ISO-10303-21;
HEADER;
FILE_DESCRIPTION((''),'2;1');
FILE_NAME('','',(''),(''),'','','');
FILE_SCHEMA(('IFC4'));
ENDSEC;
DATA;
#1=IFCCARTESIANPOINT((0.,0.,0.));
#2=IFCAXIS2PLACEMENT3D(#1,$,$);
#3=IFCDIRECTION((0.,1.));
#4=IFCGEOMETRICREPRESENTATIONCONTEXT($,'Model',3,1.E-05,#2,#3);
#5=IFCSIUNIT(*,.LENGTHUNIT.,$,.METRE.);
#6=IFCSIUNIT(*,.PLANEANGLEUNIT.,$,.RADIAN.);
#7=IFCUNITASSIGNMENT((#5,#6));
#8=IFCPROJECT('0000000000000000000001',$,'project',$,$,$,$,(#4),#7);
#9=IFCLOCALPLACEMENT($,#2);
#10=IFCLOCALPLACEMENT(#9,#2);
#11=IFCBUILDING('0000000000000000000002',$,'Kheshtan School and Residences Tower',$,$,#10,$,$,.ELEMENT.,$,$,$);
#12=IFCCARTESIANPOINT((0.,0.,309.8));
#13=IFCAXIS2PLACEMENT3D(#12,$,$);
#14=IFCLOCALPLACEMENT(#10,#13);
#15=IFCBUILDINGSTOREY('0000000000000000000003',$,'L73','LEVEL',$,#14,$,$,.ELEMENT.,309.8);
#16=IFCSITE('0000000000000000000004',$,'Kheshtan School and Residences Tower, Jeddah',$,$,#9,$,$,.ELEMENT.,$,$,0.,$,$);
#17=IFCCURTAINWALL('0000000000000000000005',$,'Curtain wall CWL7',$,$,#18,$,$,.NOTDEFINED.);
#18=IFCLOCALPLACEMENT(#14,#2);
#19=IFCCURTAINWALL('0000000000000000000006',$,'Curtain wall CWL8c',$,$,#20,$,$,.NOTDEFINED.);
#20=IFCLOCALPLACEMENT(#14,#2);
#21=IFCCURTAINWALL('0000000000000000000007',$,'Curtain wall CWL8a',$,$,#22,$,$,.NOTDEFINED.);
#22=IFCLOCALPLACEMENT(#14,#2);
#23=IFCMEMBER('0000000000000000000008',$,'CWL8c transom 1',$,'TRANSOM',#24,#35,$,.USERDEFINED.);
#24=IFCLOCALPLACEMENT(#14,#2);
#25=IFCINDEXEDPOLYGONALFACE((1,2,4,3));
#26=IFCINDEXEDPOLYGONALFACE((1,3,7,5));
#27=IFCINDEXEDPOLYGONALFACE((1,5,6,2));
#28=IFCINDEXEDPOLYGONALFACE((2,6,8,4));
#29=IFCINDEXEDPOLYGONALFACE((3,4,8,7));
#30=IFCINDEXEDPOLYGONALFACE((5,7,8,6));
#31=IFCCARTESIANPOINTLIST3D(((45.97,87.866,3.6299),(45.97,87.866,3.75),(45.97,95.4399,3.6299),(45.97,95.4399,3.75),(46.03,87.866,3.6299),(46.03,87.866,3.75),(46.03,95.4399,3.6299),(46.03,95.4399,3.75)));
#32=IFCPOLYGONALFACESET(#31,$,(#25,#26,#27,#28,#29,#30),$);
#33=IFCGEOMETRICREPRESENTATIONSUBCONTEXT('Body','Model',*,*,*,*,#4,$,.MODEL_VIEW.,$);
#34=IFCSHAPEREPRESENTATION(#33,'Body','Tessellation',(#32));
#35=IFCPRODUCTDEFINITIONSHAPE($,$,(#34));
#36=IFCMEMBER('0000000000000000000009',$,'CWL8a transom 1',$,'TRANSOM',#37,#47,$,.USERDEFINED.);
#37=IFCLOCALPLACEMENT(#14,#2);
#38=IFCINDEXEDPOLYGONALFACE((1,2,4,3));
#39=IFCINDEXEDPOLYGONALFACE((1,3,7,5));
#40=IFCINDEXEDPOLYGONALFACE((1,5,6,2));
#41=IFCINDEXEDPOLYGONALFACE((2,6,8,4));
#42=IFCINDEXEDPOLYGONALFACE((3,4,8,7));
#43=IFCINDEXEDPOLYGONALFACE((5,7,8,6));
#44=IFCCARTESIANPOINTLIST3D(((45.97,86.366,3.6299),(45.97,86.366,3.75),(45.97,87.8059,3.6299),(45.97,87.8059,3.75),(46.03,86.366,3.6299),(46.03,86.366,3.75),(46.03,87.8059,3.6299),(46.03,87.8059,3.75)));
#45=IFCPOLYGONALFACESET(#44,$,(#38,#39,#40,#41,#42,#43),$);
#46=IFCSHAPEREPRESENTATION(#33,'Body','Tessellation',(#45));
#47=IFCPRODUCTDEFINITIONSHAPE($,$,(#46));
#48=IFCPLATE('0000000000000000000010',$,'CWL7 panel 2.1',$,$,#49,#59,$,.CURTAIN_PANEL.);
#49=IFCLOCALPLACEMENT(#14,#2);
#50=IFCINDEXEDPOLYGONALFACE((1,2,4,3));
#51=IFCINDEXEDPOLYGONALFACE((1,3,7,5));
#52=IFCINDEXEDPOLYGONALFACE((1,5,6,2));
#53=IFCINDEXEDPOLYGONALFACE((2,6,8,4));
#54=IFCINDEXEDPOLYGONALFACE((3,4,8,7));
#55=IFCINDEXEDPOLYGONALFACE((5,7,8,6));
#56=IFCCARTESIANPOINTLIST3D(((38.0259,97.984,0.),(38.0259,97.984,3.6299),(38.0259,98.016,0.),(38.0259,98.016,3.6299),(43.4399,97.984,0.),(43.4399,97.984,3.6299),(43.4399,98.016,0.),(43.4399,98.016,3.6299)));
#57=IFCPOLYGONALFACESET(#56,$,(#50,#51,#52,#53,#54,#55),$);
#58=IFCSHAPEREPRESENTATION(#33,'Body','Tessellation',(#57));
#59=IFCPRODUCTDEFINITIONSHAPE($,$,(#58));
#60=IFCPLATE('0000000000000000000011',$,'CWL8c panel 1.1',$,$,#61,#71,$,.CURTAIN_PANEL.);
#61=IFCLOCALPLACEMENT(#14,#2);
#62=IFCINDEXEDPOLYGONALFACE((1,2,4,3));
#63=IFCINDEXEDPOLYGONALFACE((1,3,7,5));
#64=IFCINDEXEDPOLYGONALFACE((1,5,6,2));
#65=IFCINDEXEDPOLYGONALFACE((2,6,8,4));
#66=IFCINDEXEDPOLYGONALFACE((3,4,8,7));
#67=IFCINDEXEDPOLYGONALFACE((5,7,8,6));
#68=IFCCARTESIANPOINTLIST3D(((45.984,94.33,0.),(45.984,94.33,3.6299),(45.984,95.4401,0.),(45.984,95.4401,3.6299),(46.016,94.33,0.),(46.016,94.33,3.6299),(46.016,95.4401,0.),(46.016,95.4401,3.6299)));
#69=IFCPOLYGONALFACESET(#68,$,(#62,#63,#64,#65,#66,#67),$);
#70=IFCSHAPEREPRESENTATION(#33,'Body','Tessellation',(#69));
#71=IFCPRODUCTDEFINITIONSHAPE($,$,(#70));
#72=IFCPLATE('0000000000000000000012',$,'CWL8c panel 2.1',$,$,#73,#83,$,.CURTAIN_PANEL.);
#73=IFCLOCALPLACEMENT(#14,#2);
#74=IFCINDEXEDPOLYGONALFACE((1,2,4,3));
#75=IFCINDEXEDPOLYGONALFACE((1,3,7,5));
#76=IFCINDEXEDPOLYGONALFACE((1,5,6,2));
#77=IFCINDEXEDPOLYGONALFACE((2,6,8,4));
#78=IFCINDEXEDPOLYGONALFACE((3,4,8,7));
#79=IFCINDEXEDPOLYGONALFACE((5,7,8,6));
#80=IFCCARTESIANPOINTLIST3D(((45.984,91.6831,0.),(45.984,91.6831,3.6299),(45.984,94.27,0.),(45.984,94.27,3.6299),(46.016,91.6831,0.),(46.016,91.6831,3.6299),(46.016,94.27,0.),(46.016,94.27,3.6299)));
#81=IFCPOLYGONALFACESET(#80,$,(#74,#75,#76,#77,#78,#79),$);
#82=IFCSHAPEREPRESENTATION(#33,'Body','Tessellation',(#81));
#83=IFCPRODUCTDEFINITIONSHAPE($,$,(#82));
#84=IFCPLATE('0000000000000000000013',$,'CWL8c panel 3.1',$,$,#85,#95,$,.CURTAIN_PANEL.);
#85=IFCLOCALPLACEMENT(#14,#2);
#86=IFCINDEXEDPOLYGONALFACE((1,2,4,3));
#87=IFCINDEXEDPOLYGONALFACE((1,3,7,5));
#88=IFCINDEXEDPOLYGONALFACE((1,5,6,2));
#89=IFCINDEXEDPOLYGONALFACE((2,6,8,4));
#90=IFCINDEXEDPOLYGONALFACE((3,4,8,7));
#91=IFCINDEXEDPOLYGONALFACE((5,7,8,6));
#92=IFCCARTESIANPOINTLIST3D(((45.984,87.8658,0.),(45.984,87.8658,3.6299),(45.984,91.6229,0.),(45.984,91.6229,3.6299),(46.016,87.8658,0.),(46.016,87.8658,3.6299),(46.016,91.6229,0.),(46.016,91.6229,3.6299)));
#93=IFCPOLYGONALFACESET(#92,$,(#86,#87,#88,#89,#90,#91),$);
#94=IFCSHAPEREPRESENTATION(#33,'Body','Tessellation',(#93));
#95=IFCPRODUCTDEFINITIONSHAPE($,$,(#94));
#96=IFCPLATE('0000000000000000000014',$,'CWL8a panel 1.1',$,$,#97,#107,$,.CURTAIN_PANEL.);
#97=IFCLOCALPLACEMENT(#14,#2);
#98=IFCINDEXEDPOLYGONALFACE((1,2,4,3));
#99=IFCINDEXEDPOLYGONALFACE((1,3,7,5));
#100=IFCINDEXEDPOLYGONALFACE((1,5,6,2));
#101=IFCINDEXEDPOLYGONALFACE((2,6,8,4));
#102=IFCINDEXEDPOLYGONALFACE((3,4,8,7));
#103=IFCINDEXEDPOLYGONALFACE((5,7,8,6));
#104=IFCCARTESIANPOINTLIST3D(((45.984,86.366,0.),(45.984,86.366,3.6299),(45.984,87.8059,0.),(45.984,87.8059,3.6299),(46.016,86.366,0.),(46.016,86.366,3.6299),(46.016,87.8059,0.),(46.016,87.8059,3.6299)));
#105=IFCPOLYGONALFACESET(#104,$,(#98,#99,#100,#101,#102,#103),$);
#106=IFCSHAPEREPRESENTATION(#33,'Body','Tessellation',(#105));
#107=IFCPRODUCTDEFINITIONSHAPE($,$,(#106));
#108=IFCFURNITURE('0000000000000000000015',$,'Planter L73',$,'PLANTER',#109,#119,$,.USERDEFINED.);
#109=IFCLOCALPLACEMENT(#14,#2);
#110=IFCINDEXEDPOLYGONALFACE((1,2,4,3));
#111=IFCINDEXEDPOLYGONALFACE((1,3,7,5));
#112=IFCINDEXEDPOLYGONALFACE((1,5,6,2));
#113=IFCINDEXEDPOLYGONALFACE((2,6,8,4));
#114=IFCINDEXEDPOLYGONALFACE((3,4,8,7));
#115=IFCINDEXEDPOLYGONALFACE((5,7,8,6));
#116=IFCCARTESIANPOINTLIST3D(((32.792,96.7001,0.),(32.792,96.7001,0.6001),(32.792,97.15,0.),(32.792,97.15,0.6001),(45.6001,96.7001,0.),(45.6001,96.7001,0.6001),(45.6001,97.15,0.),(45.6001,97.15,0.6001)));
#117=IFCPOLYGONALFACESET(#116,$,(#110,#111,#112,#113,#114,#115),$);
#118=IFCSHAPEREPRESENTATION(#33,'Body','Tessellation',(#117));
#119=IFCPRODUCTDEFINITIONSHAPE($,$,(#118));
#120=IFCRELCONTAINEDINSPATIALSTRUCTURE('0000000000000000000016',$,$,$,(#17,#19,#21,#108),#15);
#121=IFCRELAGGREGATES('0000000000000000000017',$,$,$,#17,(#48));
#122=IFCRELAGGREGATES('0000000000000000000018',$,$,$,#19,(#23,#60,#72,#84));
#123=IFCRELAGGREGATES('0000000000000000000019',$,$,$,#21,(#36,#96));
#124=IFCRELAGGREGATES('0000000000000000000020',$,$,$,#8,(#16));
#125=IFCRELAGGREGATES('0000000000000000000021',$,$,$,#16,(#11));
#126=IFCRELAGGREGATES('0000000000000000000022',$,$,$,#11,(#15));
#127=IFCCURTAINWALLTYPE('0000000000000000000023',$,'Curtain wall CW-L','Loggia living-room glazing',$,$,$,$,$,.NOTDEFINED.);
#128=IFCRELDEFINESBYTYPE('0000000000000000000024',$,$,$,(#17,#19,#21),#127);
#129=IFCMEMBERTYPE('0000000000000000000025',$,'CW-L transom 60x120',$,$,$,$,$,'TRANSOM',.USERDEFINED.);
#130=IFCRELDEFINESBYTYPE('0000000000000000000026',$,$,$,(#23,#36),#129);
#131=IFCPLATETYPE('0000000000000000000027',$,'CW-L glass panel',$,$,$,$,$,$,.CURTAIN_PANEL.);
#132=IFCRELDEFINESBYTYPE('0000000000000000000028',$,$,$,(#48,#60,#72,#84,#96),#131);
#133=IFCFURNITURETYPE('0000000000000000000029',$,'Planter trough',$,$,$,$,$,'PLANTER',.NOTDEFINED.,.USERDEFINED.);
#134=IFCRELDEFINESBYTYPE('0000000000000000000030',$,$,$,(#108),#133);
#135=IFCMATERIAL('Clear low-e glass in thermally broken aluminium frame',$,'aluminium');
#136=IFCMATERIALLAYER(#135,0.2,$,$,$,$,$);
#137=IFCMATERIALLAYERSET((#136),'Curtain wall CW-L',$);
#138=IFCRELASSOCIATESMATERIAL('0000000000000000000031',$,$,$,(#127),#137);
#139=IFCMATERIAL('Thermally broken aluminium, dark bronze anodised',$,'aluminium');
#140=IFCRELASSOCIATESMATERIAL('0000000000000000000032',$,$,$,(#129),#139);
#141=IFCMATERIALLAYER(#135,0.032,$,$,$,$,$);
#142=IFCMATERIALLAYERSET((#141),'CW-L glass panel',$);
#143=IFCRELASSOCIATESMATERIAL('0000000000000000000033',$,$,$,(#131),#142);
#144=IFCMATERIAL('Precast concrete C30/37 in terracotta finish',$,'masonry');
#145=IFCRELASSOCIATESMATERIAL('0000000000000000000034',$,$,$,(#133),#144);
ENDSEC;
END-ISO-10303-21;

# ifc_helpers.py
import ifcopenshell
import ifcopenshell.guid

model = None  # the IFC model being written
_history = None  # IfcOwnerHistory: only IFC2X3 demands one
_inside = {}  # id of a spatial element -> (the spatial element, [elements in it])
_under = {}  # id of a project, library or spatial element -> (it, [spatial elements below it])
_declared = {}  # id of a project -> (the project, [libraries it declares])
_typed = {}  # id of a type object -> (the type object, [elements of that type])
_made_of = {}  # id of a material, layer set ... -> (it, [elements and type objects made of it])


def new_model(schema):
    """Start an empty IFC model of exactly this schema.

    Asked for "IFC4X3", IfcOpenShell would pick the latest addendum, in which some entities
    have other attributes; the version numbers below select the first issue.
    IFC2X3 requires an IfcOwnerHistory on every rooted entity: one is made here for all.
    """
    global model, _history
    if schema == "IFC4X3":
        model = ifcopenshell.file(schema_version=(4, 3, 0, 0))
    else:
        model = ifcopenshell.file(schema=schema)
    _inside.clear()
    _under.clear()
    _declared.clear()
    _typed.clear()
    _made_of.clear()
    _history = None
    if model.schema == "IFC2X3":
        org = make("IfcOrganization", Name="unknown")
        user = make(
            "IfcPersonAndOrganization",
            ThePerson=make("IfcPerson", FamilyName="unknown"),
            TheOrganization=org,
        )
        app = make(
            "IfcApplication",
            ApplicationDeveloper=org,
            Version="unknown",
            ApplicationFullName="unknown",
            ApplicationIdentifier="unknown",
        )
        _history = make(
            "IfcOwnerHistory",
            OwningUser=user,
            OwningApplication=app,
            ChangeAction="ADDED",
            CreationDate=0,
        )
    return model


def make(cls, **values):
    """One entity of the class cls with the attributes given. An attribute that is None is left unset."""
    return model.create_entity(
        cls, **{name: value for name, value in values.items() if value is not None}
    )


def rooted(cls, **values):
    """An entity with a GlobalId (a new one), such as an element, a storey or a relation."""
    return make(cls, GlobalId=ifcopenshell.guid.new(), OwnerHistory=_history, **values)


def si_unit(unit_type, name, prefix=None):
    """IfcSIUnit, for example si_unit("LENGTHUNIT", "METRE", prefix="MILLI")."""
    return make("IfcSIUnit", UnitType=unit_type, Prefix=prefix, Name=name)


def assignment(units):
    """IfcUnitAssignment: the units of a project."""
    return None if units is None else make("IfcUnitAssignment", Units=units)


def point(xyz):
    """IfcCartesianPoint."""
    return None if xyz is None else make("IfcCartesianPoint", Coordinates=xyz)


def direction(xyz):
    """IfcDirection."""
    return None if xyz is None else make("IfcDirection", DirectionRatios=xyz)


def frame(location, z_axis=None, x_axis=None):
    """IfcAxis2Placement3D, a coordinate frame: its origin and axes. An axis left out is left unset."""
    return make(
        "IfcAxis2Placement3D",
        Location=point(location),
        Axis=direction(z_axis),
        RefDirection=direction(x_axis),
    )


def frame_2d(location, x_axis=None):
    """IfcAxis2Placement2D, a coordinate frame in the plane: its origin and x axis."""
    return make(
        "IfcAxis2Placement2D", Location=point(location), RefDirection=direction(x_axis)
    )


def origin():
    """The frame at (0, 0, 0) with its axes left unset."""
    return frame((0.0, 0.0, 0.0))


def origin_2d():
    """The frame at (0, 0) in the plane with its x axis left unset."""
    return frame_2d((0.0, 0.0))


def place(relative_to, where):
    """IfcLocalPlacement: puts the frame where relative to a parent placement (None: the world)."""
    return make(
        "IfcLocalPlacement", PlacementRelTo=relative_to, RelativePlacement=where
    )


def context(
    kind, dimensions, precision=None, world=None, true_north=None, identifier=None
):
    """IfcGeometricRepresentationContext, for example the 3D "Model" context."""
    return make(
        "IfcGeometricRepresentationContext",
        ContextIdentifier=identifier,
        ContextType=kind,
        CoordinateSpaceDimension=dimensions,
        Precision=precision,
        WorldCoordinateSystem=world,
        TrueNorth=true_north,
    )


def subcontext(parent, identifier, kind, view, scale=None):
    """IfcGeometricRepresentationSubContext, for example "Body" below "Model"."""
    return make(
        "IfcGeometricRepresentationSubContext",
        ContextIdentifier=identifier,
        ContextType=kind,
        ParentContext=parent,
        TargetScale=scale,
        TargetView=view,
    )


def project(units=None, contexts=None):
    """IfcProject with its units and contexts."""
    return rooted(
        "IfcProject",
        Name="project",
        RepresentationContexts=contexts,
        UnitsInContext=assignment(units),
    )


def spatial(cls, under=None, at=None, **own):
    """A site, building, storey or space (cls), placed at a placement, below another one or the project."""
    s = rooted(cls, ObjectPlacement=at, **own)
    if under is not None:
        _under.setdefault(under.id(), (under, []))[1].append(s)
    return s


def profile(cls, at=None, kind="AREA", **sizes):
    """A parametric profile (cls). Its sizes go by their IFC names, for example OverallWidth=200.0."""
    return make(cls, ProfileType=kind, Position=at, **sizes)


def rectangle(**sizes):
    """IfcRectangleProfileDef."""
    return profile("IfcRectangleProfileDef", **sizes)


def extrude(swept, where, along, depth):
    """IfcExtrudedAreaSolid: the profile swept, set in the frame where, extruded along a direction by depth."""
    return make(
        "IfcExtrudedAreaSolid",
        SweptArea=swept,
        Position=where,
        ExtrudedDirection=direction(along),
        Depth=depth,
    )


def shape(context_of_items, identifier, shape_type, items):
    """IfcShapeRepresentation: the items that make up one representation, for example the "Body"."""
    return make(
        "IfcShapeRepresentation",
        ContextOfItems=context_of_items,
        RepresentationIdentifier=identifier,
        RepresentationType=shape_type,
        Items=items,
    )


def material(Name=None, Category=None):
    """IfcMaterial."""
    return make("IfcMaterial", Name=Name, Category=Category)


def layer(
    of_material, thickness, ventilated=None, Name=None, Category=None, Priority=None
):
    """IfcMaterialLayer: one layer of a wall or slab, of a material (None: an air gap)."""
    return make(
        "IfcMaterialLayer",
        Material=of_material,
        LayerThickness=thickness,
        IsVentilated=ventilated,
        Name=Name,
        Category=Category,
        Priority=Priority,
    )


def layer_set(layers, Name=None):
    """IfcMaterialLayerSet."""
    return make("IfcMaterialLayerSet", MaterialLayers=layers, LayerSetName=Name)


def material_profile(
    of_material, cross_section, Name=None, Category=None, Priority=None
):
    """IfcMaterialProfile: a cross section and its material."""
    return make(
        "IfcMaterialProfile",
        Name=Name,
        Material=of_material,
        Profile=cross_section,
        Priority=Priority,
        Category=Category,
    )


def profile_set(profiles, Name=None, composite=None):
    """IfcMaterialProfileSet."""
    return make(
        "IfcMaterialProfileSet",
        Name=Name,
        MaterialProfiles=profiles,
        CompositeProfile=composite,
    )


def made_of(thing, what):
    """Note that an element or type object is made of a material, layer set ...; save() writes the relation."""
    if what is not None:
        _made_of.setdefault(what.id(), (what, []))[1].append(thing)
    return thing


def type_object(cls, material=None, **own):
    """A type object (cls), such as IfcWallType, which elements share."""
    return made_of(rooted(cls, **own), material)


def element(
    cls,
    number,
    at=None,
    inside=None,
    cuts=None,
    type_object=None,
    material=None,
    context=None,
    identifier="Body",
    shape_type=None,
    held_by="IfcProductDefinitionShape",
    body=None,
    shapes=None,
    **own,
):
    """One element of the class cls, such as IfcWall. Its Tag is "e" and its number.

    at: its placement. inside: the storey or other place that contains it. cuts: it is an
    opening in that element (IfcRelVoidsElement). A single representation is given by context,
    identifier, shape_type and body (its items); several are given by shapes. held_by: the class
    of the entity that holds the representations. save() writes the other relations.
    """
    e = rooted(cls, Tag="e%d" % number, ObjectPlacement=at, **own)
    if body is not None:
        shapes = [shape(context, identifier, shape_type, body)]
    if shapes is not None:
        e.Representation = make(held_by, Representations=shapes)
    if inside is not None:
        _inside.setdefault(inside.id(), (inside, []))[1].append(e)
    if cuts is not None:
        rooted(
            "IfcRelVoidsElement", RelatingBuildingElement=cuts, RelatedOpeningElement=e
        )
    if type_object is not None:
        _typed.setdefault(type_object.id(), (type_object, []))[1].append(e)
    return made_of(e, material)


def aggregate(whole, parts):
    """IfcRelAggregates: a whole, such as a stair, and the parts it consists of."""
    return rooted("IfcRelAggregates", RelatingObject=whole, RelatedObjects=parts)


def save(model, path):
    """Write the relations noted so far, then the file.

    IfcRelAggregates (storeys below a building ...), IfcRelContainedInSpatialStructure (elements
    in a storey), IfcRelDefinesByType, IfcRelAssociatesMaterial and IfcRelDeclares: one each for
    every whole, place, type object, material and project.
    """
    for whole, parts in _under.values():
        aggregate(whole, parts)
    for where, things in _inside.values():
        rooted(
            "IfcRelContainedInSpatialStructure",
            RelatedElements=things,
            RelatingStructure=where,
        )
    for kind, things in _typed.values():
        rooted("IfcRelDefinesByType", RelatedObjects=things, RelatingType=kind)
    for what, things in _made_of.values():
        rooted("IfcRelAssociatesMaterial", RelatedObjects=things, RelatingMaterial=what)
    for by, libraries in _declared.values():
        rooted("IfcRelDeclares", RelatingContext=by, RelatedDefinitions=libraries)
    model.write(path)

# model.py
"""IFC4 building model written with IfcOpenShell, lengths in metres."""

from ifc_helpers import new_model, si_unit, direction, frame, origin, origin_2d, place, context, subcontext, project, spatial, rectangle, extrude, material, layer, layer_set, material_profile, profile_set, type_object, element, aggregate, save


model = new_model("IFC4")

# Units and contexts
model_context = context("Model", 3, precision=1e-05, world=origin(), true_north=direction((0.0, 1.0)))
body_context = subcontext(model_context, "Body", "Model", "MODEL_VIEW")
ifc_project = project(units=[si_unit("LENGTHUNIT", "METRE"), si_unit("PLANEANGLEUNIT", "RADIAN")], contexts=[model_context])

# Site, building, storey
site_placement = place(None, origin())
site = spatial("IfcSite", under=ifc_project, at=site_placement, Name="Kheshtan School and Residences Tower, Jeddah", CompositionType="ELEMENT", RefElevation=0.0)
building_placement = place(site_placement, origin())
building = spatial("IfcBuilding", under=site, at=building_placement, Name="Kheshtan School and Residences Tower", CompositionType="ELEMENT")
storey_placement = place(building_placement, frame((0.0, 0.0, 309.8)))
storey = spatial("IfcBuildingStorey", under=building, at=storey_placement, Name="L73", Description="LEVEL", CompositionType="ELEMENT", Elevation=309.8)

# Curtain walls
ifc_material_1 = material(Name="Clear low-e glass in thermally broken aluminium frame", Category="aluminium")
ifc_layer_1 = layer(ifc_material_1, 0.2)
ifc_layer_set_1 = layer_set([ifc_layer_1], Name="Curtain wall CW-L")
curtain_wall_type = type_object("IfcCurtainWallType", Name="Curtain wall CW-L", Description="Loggia living-room glazing", PredefinedType="NOTDEFINED", material=ifc_layer_set_1)
curtain_wall_1_placement = place(storey_placement, origin())
curtain_wall_1 = element("IfcCurtainWall", 1, at=curtain_wall_1_placement, inside=storey, type_object=curtain_wall_type, Name="Curtain wall CWL7", PredefinedType="NOTDEFINED")
ifc_material_2 = material(Name="Thermally broken aluminium, dark bronze anodised", Category="aluminium")
curtain_wall_2_placement = place(storey_placement, origin())
curtain_wall_2 = element("IfcCurtainWall", 2, at=curtain_wall_2_placement, inside=storey, type_object=curtain_wall_type, Name="Curtain wall CWL8c", PredefinedType="NOTDEFINED")

# Curtain wall
curtain_wall_3_placement = place(storey_placement, origin())
curtain_wall_3 = element("IfcCurtainWall", 3, at=curtain_wall_3_placement, inside=storey, type_object=curtain_wall_type, Name="Curtain wall CWL8a", PredefinedType="NOTDEFINED")

# Members
ifc_material_profile_1 = material_profile(ifc_material_2, rectangle(XDim=0.0601, YDim=0.1201, at=origin_2d()), Name="CW-L transom 60x120")
ifc_profile_set_1 = profile_set([ifc_material_profile_1], Name="Thermally broken aluminium, dark bronze anodised")
member_type_1 = type_object("IfcMemberType", Name="CW-L transom 60x120", ElementType="TRANSOM", PredefinedType="USERDEFINED", material=ifc_profile_set_1)
member_1_placement = place(storey_placement, frame((46.0, 95.4399, 3.6899), z_axis=(0.0, -1.0, 0.0), x_axis=(1.0, 0.0, 0.0)))
member_1 = element("IfcMember", 4, at=member_1_placement, type_object=member_type_1, Name="CWL8c transom 1", ObjectType="TRANSOM", PredefinedType="USERDEFINED", context=body_context, shape_type="SweptSolid", body=[
    extrude(rectangle(XDim=0.0601, YDim=0.1201, at=origin_2d()), origin(), (0.0, 0.0, 1.0), 7.574),
])
member_2_placement = place(storey_placement, frame((46.0, 87.8059, 3.6899), z_axis=(0.0, -1.0, 0.0), x_axis=(1.0, 0.0, 0.0)))
member_2 = element("IfcMember", 5, at=member_2_placement, type_object=member_type_1, Name="CWL8a transom 1", ObjectType="TRANSOM", PredefinedType="USERDEFINED", context=body_context, shape_type="SweptSolid", body=[
    extrude(rectangle(XDim=0.0601, YDim=0.1201, at=origin_2d()), origin(), (0.0, 0.0, 1.0), 1.4399),
])

# Plates
ifc_layer_2 = layer(ifc_material_1, 0.032)
ifc_layer_set_2 = layer_set([ifc_layer_2], Name="CW-L glass panel")
plate_type = type_object("IfcPlateType", Name="CW-L glass panel", PredefinedType="CURTAIN_PANEL", material=ifc_layer_set_2)
plate_1_placement = place(storey_placement, frame((40.7329, 98.0, 0.0), z_axis=(0.0, 0.0, 1.0), x_axis=(1.0, 0.0, 0.0)))
plate_1 = element("IfcPlate", 6, at=plate_1_placement, type_object=plate_type, Name="CWL7 panel 2.1", PredefinedType="CURTAIN_PANEL", context=body_context, shape_type="SweptSolid", body=[
    extrude(rectangle(XDim=5.4141, YDim=0.032, at=origin_2d()), origin(), (0.0, 0.0, 1.0), 3.6299),
])
aggregate(curtain_wall_1, [plate_1])
plate_2_placement = place(storey_placement, frame((46.0, 94.885, 0.0), z_axis=(0.0, 0.0, 1.0), x_axis=(0.0, -1.0, 0.0)))
plate_2 = element("IfcPlate", 7, at=plate_2_placement, type_object=plate_type, Name="CWL8c panel 1.1", PredefinedType="CURTAIN_PANEL", context=body_context, shape_type="SweptSolid", body=[
    extrude(rectangle(XDim=1.1101, YDim=0.032, at=origin_2d()), origin(), (0.0, 0.0, 1.0), 3.6299),
])
plate_3_placement = place(storey_placement, frame((46.0, 92.9766, 0.0), z_axis=(0.0, 0.0, 1.0), x_axis=(0.0, -1.0, 0.0)))
plate_3 = element("IfcPlate", 8, at=plate_3_placement, type_object=plate_type, Name="CWL8c panel 2.1", PredefinedType="CURTAIN_PANEL", context=body_context, shape_type="SweptSolid", body=[
    extrude(rectangle(XDim=2.5869, YDim=0.032, at=origin_2d()), origin(), (0.0, 0.0, 1.0), 3.6299),
])
plate_4_placement = place(storey_placement, frame((46.0, 89.7444, 0.0), z_axis=(0.0, 0.0, 1.0), x_axis=(0.0, -1.0, 0.0)))
plate_4 = element("IfcPlate", 9, at=plate_4_placement, type_object=plate_type, Name="CWL8c panel 3.1", PredefinedType="CURTAIN_PANEL", context=body_context, shape_type="SweptSolid", body=[
    extrude(rectangle(XDim=3.7571, YDim=0.032, at=origin_2d()), origin(), (0.0, 0.0, 1.0), 3.6299),
])
aggregate(curtain_wall_2, [member_1, plate_2, plate_3, plate_4])
plate_5_placement = place(storey_placement, frame((46.0, 87.0859, 0.0), z_axis=(0.0, 0.0, 1.0), x_axis=(0.0, -1.0, 0.0)))
plate_5 = element("IfcPlate", 10, at=plate_5_placement, type_object=plate_type, Name="CWL8a panel 1.1", PredefinedType="CURTAIN_PANEL", context=body_context, shape_type="SweptSolid", body=[
    extrude(rectangle(XDim=1.4399, YDim=0.032, at=origin_2d()), origin(), (0.0, 0.0, 1.0), 3.6299),
])
aggregate(curtain_wall_3, [member_2, plate_5])

# Furniture
ifc_material_3 = material(Name="Precast concrete C30/37 in terracotta finish", Category="masonry")
furniture_type = type_object("IfcFurnitureType", Name="Planter trough", ElementType="PLANTER", AssemblyPlace="NOTDEFINED", PredefinedType="USERDEFINED", material=ifc_material_3)
furniture_placement = place(storey_placement, frame((39.196, 96.925, 0.0), z_axis=(0.0, 0.0, 1.0), x_axis=(1.0, 0.0, 0.0)))
element("IfcFurniture", 11, at=furniture_placement, inside=storey, type_object=furniture_type, Name="Planter L73", ObjectType="PLANTER", PredefinedType="USERDEFINED", context=body_context, shape_type="SweptSolid", body=[
    extrude(rectangle(XDim=12.8081, YDim=0.45, at=origin_2d()), origin(), (0.0, 0.0, 1.0), 0.6001),
])

save(model, "model.ifc")
